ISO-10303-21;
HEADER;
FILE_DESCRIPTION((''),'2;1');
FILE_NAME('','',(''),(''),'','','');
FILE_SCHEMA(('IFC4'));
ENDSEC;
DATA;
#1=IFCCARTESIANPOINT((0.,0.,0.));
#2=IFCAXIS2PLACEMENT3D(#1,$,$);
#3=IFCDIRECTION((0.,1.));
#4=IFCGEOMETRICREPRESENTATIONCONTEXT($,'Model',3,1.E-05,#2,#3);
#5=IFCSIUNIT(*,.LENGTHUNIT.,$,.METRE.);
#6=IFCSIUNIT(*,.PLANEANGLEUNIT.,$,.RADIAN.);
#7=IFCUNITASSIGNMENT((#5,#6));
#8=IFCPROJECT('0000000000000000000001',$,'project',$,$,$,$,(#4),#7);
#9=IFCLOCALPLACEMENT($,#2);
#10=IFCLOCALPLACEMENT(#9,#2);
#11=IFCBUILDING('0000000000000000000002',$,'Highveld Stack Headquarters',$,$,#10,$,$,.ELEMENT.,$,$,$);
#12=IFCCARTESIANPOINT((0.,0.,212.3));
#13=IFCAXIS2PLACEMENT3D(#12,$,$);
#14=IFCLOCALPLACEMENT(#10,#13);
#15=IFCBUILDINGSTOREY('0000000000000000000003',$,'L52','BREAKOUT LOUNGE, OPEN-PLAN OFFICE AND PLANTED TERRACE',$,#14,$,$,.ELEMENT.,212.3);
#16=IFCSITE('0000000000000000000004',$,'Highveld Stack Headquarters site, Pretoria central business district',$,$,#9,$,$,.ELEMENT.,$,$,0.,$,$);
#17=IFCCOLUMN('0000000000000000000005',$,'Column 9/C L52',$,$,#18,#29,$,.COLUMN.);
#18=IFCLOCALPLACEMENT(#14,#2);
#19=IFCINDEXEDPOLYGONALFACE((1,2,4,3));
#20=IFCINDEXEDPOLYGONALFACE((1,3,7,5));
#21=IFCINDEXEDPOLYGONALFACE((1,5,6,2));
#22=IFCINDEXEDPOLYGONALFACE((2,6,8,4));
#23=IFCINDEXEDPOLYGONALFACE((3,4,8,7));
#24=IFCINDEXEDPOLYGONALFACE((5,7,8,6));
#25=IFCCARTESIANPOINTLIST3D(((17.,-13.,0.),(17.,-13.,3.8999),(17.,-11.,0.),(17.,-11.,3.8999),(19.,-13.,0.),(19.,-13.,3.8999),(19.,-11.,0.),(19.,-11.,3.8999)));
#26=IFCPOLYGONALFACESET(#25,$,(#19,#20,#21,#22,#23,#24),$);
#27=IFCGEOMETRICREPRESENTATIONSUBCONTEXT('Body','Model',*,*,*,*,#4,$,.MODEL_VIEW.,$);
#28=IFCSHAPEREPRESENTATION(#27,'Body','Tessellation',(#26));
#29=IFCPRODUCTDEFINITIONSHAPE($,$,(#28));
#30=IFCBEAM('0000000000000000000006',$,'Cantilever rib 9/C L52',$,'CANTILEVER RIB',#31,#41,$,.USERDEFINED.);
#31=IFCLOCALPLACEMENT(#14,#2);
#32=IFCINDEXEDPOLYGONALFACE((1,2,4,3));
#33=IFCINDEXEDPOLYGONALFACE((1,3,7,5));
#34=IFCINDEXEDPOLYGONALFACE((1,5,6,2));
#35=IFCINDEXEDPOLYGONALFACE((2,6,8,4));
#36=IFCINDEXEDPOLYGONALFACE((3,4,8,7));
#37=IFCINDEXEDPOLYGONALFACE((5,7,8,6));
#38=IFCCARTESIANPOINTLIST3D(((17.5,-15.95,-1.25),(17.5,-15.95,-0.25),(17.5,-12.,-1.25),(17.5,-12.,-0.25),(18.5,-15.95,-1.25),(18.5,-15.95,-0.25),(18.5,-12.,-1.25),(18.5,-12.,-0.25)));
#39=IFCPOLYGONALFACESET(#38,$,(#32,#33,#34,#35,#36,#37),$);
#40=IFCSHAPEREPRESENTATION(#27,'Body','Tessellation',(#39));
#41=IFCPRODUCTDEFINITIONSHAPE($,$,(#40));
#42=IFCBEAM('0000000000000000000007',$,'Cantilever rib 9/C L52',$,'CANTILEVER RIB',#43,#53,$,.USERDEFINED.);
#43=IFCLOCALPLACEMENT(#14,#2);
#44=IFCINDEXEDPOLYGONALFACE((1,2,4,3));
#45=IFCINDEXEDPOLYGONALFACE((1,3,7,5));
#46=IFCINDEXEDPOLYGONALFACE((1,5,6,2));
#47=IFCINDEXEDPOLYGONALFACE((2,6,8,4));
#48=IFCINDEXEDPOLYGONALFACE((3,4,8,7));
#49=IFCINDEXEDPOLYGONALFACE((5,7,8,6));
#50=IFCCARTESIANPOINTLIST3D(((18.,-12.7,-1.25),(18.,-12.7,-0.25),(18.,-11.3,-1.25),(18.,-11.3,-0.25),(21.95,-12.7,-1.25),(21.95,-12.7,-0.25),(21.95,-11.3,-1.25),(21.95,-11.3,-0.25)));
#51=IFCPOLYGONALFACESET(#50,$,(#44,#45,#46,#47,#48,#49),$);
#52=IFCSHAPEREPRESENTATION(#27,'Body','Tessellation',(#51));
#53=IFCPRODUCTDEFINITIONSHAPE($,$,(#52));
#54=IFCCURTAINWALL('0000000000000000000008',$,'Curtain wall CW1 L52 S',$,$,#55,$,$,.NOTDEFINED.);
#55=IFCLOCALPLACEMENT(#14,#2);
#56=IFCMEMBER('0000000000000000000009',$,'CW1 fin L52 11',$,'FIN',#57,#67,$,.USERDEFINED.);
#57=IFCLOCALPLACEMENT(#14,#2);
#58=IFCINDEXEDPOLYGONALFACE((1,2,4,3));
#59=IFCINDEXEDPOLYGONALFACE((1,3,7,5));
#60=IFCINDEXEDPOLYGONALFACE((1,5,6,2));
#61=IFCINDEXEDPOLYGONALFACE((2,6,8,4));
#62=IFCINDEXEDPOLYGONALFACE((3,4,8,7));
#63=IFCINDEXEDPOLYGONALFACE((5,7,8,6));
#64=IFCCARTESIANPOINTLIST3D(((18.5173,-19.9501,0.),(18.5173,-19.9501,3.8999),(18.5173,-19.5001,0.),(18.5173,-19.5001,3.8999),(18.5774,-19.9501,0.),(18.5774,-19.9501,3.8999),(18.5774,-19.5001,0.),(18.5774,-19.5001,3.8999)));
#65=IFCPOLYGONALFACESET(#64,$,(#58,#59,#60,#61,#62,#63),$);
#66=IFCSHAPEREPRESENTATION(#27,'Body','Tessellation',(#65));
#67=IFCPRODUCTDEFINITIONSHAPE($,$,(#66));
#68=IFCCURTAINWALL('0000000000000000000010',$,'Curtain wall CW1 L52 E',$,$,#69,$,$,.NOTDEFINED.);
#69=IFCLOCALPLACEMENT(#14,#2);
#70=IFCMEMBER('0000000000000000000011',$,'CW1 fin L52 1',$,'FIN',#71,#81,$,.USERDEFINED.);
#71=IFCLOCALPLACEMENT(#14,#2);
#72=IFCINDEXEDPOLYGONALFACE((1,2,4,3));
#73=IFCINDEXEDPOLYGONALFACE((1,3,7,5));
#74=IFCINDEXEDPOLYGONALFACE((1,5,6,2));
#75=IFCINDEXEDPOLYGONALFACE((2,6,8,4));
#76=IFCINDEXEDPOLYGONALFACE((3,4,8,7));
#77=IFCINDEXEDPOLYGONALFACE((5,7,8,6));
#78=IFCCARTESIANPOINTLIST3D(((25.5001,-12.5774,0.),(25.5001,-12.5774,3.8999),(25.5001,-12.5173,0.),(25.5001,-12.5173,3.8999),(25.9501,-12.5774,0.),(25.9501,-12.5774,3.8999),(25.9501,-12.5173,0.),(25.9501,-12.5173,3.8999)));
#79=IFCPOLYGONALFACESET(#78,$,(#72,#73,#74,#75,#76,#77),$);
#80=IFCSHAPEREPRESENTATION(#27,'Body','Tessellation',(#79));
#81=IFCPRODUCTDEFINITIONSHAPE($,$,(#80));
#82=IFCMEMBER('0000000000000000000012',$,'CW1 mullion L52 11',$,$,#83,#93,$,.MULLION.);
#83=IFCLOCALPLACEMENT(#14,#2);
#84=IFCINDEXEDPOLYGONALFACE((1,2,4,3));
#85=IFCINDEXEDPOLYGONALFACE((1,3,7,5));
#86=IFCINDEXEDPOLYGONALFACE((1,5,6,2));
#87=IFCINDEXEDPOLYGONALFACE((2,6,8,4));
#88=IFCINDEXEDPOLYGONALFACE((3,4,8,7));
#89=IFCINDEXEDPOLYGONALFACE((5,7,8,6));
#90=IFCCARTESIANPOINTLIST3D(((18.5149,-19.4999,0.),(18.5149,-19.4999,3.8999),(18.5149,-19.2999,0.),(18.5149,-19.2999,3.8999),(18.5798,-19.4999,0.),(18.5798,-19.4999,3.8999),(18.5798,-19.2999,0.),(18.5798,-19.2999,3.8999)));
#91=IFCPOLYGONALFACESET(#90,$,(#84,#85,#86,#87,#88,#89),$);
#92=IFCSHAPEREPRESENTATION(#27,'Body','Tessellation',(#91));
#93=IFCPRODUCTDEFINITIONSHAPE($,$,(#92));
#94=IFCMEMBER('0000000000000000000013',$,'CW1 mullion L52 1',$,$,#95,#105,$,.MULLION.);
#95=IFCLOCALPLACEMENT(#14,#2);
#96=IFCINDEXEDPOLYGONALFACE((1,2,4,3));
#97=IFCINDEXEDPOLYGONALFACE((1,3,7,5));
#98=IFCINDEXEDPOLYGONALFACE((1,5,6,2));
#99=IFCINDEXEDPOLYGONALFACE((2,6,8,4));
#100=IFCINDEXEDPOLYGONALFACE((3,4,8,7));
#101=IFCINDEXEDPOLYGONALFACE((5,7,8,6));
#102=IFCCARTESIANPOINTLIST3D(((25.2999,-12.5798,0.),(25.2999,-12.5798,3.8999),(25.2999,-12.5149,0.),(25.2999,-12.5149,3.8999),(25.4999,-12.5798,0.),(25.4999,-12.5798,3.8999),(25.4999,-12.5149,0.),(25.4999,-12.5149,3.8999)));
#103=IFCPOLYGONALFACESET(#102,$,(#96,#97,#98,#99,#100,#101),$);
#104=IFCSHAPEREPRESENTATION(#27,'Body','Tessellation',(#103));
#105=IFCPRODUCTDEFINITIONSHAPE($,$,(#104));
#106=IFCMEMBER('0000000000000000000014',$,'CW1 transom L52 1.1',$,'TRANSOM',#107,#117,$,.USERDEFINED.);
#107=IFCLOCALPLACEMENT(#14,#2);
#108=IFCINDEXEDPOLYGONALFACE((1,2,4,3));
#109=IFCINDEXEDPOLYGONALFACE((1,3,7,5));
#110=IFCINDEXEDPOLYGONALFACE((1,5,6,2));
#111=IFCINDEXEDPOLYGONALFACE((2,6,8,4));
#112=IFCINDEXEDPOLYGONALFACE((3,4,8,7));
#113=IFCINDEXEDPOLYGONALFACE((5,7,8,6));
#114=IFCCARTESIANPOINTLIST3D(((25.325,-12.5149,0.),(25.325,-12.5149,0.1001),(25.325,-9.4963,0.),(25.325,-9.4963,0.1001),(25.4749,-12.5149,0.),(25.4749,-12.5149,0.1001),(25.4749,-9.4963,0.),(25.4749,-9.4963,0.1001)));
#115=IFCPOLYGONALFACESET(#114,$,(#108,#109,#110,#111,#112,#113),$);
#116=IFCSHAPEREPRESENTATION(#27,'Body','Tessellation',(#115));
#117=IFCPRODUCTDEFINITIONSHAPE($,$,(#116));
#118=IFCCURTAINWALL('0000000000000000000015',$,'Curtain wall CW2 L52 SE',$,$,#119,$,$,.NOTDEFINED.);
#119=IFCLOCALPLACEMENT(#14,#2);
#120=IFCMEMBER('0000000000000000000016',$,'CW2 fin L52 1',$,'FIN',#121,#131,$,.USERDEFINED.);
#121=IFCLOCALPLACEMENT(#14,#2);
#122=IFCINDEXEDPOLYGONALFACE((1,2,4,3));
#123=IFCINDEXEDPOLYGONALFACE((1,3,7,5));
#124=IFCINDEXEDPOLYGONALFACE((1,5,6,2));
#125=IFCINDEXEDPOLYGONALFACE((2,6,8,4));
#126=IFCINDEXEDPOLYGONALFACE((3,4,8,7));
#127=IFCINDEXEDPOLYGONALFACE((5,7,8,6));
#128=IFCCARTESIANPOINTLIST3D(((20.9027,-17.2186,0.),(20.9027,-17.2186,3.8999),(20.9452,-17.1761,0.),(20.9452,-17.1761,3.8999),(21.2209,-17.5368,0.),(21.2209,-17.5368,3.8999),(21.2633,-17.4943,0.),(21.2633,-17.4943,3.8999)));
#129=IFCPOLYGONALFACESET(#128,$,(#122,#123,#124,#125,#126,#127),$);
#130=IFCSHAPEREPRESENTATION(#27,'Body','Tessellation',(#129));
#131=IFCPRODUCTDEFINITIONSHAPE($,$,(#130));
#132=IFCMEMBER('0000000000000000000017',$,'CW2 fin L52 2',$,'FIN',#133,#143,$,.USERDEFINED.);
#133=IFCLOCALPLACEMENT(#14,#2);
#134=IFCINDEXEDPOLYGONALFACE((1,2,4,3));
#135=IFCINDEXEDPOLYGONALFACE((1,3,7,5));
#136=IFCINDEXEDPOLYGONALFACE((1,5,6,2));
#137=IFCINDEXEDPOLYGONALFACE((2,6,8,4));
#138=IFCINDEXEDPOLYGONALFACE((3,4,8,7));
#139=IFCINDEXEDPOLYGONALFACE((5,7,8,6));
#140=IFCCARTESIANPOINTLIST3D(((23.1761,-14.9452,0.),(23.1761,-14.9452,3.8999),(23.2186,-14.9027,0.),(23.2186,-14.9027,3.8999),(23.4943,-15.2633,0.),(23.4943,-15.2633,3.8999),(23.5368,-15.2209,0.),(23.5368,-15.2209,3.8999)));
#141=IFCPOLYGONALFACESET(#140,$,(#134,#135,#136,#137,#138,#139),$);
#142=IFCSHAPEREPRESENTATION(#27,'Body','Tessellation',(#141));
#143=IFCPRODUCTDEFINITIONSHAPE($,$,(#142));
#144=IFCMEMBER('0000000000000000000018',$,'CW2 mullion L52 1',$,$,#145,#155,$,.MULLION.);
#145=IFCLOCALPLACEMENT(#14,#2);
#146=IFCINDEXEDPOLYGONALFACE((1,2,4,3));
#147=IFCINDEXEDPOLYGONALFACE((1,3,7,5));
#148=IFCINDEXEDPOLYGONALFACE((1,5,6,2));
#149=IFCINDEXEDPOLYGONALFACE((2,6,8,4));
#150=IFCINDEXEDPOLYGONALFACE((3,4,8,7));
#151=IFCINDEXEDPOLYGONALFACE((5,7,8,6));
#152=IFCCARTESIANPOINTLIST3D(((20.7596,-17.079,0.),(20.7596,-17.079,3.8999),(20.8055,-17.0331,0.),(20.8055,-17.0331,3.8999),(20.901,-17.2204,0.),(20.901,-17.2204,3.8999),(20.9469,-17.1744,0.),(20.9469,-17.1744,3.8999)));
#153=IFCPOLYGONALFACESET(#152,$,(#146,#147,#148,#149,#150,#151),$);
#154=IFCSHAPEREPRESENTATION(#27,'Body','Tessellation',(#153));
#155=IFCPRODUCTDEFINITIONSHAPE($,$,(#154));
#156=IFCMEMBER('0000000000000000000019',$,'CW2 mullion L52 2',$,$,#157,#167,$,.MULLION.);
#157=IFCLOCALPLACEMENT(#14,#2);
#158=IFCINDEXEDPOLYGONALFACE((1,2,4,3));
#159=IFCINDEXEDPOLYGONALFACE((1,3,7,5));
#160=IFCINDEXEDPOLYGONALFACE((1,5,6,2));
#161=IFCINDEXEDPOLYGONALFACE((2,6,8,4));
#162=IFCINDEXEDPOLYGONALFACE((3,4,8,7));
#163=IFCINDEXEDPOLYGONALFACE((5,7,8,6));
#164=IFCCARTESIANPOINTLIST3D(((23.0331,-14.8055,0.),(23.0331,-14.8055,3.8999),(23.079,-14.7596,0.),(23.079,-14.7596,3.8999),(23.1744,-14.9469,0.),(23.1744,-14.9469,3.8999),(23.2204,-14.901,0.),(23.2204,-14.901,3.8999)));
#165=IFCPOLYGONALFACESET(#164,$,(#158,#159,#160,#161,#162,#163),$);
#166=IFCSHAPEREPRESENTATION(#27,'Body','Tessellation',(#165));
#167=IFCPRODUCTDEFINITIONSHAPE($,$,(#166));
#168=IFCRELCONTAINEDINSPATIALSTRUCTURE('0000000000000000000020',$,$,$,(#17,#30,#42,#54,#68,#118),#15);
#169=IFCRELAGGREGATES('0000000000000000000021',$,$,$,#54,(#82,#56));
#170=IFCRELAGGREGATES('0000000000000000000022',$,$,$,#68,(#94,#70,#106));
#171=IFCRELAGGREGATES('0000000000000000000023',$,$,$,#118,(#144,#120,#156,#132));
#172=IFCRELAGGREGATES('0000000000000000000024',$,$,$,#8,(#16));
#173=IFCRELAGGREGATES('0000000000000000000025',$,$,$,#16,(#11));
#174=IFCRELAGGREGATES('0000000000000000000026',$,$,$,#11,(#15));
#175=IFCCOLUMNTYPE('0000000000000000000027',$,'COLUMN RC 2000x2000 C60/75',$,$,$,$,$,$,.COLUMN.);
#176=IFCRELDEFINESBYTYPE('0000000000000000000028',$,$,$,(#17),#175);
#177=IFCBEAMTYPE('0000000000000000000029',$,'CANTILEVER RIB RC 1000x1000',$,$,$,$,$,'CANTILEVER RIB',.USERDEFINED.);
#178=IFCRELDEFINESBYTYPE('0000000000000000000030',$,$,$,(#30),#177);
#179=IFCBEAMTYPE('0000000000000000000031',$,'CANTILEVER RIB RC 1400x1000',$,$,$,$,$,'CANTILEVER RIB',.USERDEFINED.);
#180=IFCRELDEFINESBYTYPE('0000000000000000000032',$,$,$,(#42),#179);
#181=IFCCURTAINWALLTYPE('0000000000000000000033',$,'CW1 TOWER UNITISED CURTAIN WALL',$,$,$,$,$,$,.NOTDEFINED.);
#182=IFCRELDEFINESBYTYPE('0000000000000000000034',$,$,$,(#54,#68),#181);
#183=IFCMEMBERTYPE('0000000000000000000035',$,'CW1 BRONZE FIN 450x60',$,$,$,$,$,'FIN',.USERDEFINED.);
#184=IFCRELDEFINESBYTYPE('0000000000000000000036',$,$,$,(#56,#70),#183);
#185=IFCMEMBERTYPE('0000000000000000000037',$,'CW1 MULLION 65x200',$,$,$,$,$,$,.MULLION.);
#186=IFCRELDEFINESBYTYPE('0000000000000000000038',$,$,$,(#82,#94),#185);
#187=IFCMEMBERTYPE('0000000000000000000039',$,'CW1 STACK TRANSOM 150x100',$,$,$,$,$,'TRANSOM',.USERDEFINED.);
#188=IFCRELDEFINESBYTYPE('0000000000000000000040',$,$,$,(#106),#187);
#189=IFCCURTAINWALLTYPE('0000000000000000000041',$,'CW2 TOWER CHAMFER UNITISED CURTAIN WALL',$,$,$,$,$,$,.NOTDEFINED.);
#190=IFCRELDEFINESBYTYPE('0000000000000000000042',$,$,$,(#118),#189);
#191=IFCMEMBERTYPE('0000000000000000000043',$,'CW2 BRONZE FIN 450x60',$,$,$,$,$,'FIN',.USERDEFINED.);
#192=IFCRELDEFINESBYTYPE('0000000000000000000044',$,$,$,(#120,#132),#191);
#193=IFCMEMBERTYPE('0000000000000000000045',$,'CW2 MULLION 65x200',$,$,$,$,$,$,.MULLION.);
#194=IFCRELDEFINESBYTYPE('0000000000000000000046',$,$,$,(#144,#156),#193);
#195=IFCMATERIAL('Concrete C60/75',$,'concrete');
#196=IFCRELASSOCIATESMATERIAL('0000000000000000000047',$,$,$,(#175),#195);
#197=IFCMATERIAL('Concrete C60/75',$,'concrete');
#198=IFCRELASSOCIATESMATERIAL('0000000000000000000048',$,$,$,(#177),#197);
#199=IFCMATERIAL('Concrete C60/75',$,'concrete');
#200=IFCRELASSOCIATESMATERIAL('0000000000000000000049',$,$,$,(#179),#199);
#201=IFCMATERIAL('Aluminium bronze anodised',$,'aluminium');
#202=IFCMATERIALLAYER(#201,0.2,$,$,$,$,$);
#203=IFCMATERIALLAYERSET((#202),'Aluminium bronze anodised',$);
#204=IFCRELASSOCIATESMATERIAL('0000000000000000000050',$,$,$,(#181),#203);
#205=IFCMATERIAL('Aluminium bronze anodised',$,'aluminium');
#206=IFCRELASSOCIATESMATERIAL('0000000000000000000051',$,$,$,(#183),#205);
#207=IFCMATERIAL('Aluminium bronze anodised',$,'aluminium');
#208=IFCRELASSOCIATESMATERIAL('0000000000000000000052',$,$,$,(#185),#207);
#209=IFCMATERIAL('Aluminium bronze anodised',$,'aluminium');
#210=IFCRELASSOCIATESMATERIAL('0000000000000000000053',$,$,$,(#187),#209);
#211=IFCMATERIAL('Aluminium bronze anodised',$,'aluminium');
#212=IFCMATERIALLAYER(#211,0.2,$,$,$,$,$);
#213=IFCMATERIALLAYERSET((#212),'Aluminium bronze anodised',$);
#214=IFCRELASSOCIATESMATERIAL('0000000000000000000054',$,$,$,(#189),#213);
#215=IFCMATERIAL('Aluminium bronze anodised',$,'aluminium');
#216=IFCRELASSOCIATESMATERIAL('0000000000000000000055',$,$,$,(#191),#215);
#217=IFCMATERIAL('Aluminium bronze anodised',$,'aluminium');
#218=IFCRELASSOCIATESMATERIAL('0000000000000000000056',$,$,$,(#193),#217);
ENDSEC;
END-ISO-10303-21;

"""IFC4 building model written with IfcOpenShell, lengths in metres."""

from ifc_helpers import new_model, si_unit, direction, frame, origin, origin_2d, place, context, subcontext, project, spatial, rectangle, extrude, material, layer, layer_set, material_profile, profile_set, type_object, element, aggregate, save


model = new_model("IFC4")

# Units and contexts
model_context = context("Model", 3, precision=1e-05, world=origin(), true_north=direction((0.0, 1.0)))
body_context = subcontext(model_context, "Body", "Model", "MODEL_VIEW")
ifc_project = project(units=[si_unit("LENGTHUNIT", "METRE"), si_unit("PLANEANGLEUNIT", "RADIAN")], contexts=[model_context])

# Site, building, storey
site_placement = place(None, origin())
site = spatial("IfcSite", under=ifc_project, at=site_placement, Name="Highveld Stack Headquarters site, Pretoria central business district", CompositionType="ELEMENT", RefElevation=0.0)
building_placement = place(site_placement, origin())
building = spatial("IfcBuilding", under=site, at=building_placement, Name="Highveld Stack Headquarters", CompositionType="ELEMENT")
storey_placement = place(building_placement, frame((0.0, 0.0, 212.3)))
storey = spatial("IfcBuildingStorey", under=building, at=storey_placement, Name="L52", Description="BREAKOUT LOUNGE, OPEN-PLAN OFFICE AND PLANTED TERRACE", CompositionType="ELEMENT", Elevation=212.3)

# Column
ifc_material_1 = material(Name="Concrete C60/75", Category="concrete")
ifc_material_profile_1 = material_profile(ifc_material_1, rectangle(XDim=2.0, YDim=2.0, at=origin_2d()), Name="RC 2000x2000")
ifc_profile_set_1 = profile_set([ifc_material_profile_1], Name="Concrete C60/75")
column_type = type_object("IfcColumnType", Name="COLUMN RC 2000x2000 C60/75", PredefinedType="COLUMN", material=ifc_profile_set_1)
column_placement = place(storey_placement, frame((18.0, -12.0, 0.0), z_axis=(0.0, 0.0, 1.0), x_axis=(1.0, 0.0, 0.0)))
element("IfcColumn", 1, at=column_placement, inside=storey, type_object=column_type, Name="Column 9/C L52", PredefinedType="COLUMN", context=body_context, shape_type="SweptSolid", body=[
    extrude(rectangle(XDim=2.0, YDim=2.0, at=origin_2d()), origin(), (0.0, 0.0, 1.0), 3.8999),
])

# Beams
ifc_material_2 = material(Name="Concrete C60/75", Category="concrete")
ifc_material_profile_2 = material_profile(ifc_material_2, rectangle(XDim=1.0, YDim=1.0, at=origin_2d()), Name="RC 1000x1000")
ifc_profile_set_2 = profile_set([ifc_material_profile_2], Name="Concrete C60/75")
beam_type_1 = type_object("IfcBeamType", Name="CANTILEVER RIB RC 1000x1000", ElementType="CANTILEVER RIB", PredefinedType="USERDEFINED", material=ifc_profile_set_2)
beam_1_placement = place(storey_placement, frame((18.0, -12.0, -0.75), z_axis=(0.0, -1.0, 0.0), x_axis=(1.0, 0.0, 0.0)))
element("IfcBeam", 2, at=beam_1_placement, inside=storey, type_object=beam_type_1, Name="Cantilever rib 9/C L52", ObjectType="CANTILEVER RIB", PredefinedType="USERDEFINED", context=body_context, shape_type="SweptSolid", body=[
    extrude(rectangle(XDim=1.0, YDim=1.0, at=origin_2d()), origin(), (0.0, 0.0, 1.0), 3.95),
])
ifc_material_3 = material(Name="Concrete C60/75", Category="concrete")
ifc_material_profile_3 = material_profile(ifc_material_3, rectangle(XDim=1.3999, YDim=1.0, at=origin_2d()), Name="RC 1400x1000")
ifc_profile_set_3 = profile_set([ifc_material_profile_3], Name="Concrete C60/75")
beam_type_2 = type_object("IfcBeamType", Name="CANTILEVER RIB RC 1400x1000", ElementType="CANTILEVER RIB", PredefinedType="USERDEFINED", material=ifc_profile_set_3)
beam_2_placement = place(storey_placement, frame((18.0, -12.0, -0.75), z_axis=(1.0, 0.0, 0.0), x_axis=(0.0, 1.0, 0.0)))
element("IfcBeam", 3, at=beam_2_placement, inside=storey, type_object=beam_type_2, Name="Cantilever rib 9/C L52", ObjectType="CANTILEVER RIB", PredefinedType="USERDEFINED", context=body_context, shape_type="SweptSolid", body=[
    extrude(rectangle(XDim=1.3999, YDim=1.0, at=origin_2d()), origin(), (0.0, 0.0, 1.0), 3.95),
])

# Curtain walls, members
ifc_material_4 = material(Name="Aluminium bronze anodised", Category="aluminium")
ifc_layer_1 = layer(ifc_material_4, 0.2)
ifc_layer_set_1 = layer_set([ifc_layer_1], Name="Aluminium bronze anodised")
curtain_wall_type_1 = type_object("IfcCurtainWallType", Name="CW1 TOWER UNITISED CURTAIN WALL", PredefinedType="NOTDEFINED", material=ifc_layer_set_1)
curtain_wall_1_placement = place(storey_placement, origin())
curtain_wall_1 = element("IfcCurtainWall", 4, at=curtain_wall_1_placement, inside=storey, type_object=curtain_wall_type_1, Name="Curtain wall CW1 L52 S", PredefinedType="NOTDEFINED")
ifc_material_5 = material(Name="Aluminium bronze anodised", Category="aluminium")
ifc_material_profile_4 = material_profile(ifc_material_5, rectangle(XDim=0.45, YDim=0.0601, at=origin_2d()), Name="FIN 450x60")
ifc_profile_set_4 = profile_set([ifc_material_profile_4], Name="Aluminium bronze anodised")
member_type_1 = type_object("IfcMemberType", Name="CW1 BRONZE FIN 450x60", ElementType="FIN", PredefinedType="USERDEFINED", material=ifc_profile_set_4)
member_1_placement = place(storey_placement, frame((18.5474, -19.7251, 0.0), z_axis=(0.0, 0.0, 1.0), x_axis=(0.0, 1.0, 0.0)))
member_1 = element("IfcMember", 5, at=member_1_placement, type_object=member_type_1, Name="CW1 fin L52 11", ObjectType="FIN", PredefinedType="USERDEFINED", context=body_context, shape_type="SweptSolid", body=[
    extrude(rectangle(XDim=0.45, YDim=0.0601, at=origin_2d()), origin(), (0.0, 0.0, 1.0), 3.8999),
])
curtain_wall_2_placement = place(storey_placement, origin())
curtain_wall_2 = element("IfcCurtainWall", 6, at=curtain_wall_2_placement, inside=storey, type_object=curtain_wall_type_1, Name="Curtain wall CW1 L52 E", PredefinedType="NOTDEFINED")
member_2_placement = place(storey_placement, frame((25.7251, -12.5474, 0.0), z_axis=(0.0, 0.0, 1.0), x_axis=(-1.0, 0.0, 0.0)))
member_2 = element("IfcMember", 7, at=member_2_placement, type_object=member_type_1, Name="CW1 fin L52 1", ObjectType="FIN", PredefinedType="USERDEFINED", context=body_context, shape_type="SweptSolid", body=[
    extrude(rectangle(XDim=0.45, YDim=0.0601, at=origin_2d()), origin(), (0.0, 0.0, 1.0), 3.8999),
])

# Members
ifc_material_6 = material(Name="Aluminium bronze anodised", Category="aluminium")
ifc_material_profile_5 = material_profile(ifc_material_6, rectangle(XDim=0.2, YDim=0.0649, at=origin_2d()), Name="CW1 MULLION 65x200")
ifc_profile_set_5 = profile_set([ifc_material_profile_5], Name="Aluminium bronze anodised")
member_type_2 = type_object("IfcMemberType", Name="CW1 MULLION 65x200", PredefinedType="MULLION", material=ifc_profile_set_5)
member_3_placement = place(storey_placement, frame((18.5474, -19.3999, 0.0), z_axis=(0.0, 0.0, 1.0), x_axis=(0.0, 1.0, 0.0)))
member_3 = element("IfcMember", 8, at=member_3_placement, type_object=member_type_2, Name="CW1 mullion L52 11", PredefinedType="MULLION", context=body_context, shape_type="SweptSolid", body=[
    extrude(rectangle(XDim=0.2, YDim=0.0649, at=origin_2d()), origin(), (0.0, 0.0, 1.0), 3.8999),
])
aggregate(curtain_wall_1, [member_3, member_1])
member_4_placement = place(storey_placement, frame((25.3999, -12.5474, 0.0), z_axis=(0.0, 0.0, 1.0), x_axis=(-1.0, 0.0, 0.0)))
member_4 = element("IfcMember", 9, at=member_4_placement, type_object=member_type_2, Name="CW1 mullion L52 1", PredefinedType="MULLION", context=body_context, shape_type="SweptSolid", body=[
    extrude(rectangle(XDim=0.2, YDim=0.0649, at=origin_2d()), origin(), (0.0, 0.0, 1.0), 3.8999),
])
ifc_material_7 = material(Name="Aluminium bronze anodised", Category="aluminium")
ifc_material_profile_6 = material_profile(ifc_material_7, rectangle(XDim=0.1499, YDim=0.1001, at=origin_2d()), Name="CW1 TRANSOM 150x100")
ifc_profile_set_6 = profile_set([ifc_material_profile_6], Name="Aluminium bronze anodised")
member_type_3 = type_object("IfcMemberType", Name="CW1 STACK TRANSOM 150x100", ElementType="TRANSOM", PredefinedType="USERDEFINED", material=ifc_profile_set_6)
member_5_placement = place(storey_placement, frame((25.3999, -12.5149, 0.05), z_axis=(0.0, 1.0, 0.0), x_axis=(-1.0, 0.0, 0.0)))
member_5 = element("IfcMember", 10, at=member_5_placement, type_object=member_type_3, Name="CW1 transom L52 1.1", ObjectType="TRANSOM", PredefinedType="USERDEFINED", context=body_context, shape_type="SweptSolid", body=[
    extrude(rectangle(XDim=0.1499, YDim=0.1001, at=origin_2d()), origin(), (0.0, 0.0, 1.0), 3.0186),
])
aggregate(curtain_wall_2, [member_4, member_2, member_5])

# Curtain wall, members
ifc_material_8 = material(Name="Aluminium bronze anodised", Category="aluminium")
ifc_layer_2 = layer(ifc_material_8, 0.2)
ifc_layer_set_2 = layer_set([ifc_layer_2], Name="Aluminium bronze anodised")
curtain_wall_type_2 = type_object("IfcCurtainWallType", Name="CW2 TOWER CHAMFER UNITISED CURTAIN WALL", PredefinedType="NOTDEFINED", material=ifc_layer_set_2)
curtain_wall_3_placement = place(storey_placement, origin())
curtain_wall_3 = element("IfcCurtainWall", 11, at=curtain_wall_3_placement, inside=storey, type_object=curtain_wall_type_2, Name="Curtain wall CW2 L52 SE", PredefinedType="NOTDEFINED")
ifc_material_9 = material(Name="Aluminium bronze anodised", Category="aluminium")
ifc_material_profile_7 = material_profile(ifc_material_9, rectangle(XDim=0.45, YDim=0.0601, at=origin_2d()), Name="FIN 450x60")
ifc_profile_set_7 = profile_set([ifc_material_profile_7], Name="Aluminium bronze anodised")
member_type_4 = type_object("IfcMemberType", Name="CW2 BRONZE FIN 450x60", ElementType="FIN", PredefinedType="USERDEFINED", material=ifc_profile_set_7)
member_6_placement = place(storey_placement, frame((21.083, -17.3564, 0.0), z_axis=(0.0, 0.0, 1.0), x_axis=(-0.707107, 0.707107, 0.0)))
member_6 = element("IfcMember", 12, at=member_6_placement, type_object=member_type_4, Name="CW2 fin L52 1", ObjectType="FIN", PredefinedType="USERDEFINED", context=body_context, shape_type="SweptSolid", body=[
    extrude(rectangle(XDim=0.45, YDim=0.0601, at=origin_2d()), origin(), (0.0, 0.0, 1.0), 3.8999),
])
member_7_placement = place(storey_placement, frame((23.3564, -15.083, 0.0), z_axis=(0.0, 0.0, 1.0), x_axis=(-0.707107, 0.707107, 0.0)))
member_7 = element("IfcMember", 13, at=member_7_placement, type_object=member_type_4, Name="CW2 fin L52 2", ObjectType="FIN", PredefinedType="USERDEFINED", context=body_context, shape_type="SweptSolid", body=[
    extrude(rectangle(XDim=0.45, YDim=0.0601, at=origin_2d()), origin(), (0.0, 0.0, 1.0), 3.8999),
])
ifc_material_10 = material(Name="Aluminium bronze anodised", Category="aluminium")
ifc_material_profile_8 = material_profile(ifc_material_10, rectangle(XDim=0.2, YDim=0.0649, at=origin_2d()), Name="CW2 MULLION 65x200")
ifc_profile_set_8 = profile_set([ifc_material_profile_8], Name="Aluminium bronze anodised")
member_type_5 = type_object("IfcMemberType", Name="CW2 MULLION 65x200", PredefinedType="MULLION", material=ifc_profile_set_8)
member_8_placement = place(storey_placement, frame((20.8533, -17.1267, 0.0), z_axis=(0.0, 0.0, 1.0), x_axis=(-0.707107, 0.707107, 0.0)))
member_8 = element("IfcMember", 14, at=member_8_placement, type_object=member_type_5, Name="CW2 mullion L52 1", PredefinedType="MULLION", context=body_context, shape_type="SweptSolid", body=[
    extrude(rectangle(XDim=0.2, YDim=0.0649, at=origin_2d()), origin(), (0.0, 0.0, 1.0), 3.8999),
])
member_9_placement = place(storey_placement, frame((23.1267, -14.8533, 0.0), z_axis=(0.0, 0.0, 1.0), x_axis=(-0.707107, 0.707107, 0.0)))
member_9 = element("IfcMember", 15, at=member_9_placement, type_object=member_type_5, Name="CW2 mullion L52 2", PredefinedType="MULLION", context=body_context, shape_type="SweptSolid", body=[
    extrude(rectangle(XDim=0.2, YDim=0.0649, at=origin_2d()), origin(), (0.0, 0.0, 1.0), 3.8999),
])
aggregate(curtain_wall_3, [member_8, member_6, member_9, member_7])

save(model, "model.ifc")
